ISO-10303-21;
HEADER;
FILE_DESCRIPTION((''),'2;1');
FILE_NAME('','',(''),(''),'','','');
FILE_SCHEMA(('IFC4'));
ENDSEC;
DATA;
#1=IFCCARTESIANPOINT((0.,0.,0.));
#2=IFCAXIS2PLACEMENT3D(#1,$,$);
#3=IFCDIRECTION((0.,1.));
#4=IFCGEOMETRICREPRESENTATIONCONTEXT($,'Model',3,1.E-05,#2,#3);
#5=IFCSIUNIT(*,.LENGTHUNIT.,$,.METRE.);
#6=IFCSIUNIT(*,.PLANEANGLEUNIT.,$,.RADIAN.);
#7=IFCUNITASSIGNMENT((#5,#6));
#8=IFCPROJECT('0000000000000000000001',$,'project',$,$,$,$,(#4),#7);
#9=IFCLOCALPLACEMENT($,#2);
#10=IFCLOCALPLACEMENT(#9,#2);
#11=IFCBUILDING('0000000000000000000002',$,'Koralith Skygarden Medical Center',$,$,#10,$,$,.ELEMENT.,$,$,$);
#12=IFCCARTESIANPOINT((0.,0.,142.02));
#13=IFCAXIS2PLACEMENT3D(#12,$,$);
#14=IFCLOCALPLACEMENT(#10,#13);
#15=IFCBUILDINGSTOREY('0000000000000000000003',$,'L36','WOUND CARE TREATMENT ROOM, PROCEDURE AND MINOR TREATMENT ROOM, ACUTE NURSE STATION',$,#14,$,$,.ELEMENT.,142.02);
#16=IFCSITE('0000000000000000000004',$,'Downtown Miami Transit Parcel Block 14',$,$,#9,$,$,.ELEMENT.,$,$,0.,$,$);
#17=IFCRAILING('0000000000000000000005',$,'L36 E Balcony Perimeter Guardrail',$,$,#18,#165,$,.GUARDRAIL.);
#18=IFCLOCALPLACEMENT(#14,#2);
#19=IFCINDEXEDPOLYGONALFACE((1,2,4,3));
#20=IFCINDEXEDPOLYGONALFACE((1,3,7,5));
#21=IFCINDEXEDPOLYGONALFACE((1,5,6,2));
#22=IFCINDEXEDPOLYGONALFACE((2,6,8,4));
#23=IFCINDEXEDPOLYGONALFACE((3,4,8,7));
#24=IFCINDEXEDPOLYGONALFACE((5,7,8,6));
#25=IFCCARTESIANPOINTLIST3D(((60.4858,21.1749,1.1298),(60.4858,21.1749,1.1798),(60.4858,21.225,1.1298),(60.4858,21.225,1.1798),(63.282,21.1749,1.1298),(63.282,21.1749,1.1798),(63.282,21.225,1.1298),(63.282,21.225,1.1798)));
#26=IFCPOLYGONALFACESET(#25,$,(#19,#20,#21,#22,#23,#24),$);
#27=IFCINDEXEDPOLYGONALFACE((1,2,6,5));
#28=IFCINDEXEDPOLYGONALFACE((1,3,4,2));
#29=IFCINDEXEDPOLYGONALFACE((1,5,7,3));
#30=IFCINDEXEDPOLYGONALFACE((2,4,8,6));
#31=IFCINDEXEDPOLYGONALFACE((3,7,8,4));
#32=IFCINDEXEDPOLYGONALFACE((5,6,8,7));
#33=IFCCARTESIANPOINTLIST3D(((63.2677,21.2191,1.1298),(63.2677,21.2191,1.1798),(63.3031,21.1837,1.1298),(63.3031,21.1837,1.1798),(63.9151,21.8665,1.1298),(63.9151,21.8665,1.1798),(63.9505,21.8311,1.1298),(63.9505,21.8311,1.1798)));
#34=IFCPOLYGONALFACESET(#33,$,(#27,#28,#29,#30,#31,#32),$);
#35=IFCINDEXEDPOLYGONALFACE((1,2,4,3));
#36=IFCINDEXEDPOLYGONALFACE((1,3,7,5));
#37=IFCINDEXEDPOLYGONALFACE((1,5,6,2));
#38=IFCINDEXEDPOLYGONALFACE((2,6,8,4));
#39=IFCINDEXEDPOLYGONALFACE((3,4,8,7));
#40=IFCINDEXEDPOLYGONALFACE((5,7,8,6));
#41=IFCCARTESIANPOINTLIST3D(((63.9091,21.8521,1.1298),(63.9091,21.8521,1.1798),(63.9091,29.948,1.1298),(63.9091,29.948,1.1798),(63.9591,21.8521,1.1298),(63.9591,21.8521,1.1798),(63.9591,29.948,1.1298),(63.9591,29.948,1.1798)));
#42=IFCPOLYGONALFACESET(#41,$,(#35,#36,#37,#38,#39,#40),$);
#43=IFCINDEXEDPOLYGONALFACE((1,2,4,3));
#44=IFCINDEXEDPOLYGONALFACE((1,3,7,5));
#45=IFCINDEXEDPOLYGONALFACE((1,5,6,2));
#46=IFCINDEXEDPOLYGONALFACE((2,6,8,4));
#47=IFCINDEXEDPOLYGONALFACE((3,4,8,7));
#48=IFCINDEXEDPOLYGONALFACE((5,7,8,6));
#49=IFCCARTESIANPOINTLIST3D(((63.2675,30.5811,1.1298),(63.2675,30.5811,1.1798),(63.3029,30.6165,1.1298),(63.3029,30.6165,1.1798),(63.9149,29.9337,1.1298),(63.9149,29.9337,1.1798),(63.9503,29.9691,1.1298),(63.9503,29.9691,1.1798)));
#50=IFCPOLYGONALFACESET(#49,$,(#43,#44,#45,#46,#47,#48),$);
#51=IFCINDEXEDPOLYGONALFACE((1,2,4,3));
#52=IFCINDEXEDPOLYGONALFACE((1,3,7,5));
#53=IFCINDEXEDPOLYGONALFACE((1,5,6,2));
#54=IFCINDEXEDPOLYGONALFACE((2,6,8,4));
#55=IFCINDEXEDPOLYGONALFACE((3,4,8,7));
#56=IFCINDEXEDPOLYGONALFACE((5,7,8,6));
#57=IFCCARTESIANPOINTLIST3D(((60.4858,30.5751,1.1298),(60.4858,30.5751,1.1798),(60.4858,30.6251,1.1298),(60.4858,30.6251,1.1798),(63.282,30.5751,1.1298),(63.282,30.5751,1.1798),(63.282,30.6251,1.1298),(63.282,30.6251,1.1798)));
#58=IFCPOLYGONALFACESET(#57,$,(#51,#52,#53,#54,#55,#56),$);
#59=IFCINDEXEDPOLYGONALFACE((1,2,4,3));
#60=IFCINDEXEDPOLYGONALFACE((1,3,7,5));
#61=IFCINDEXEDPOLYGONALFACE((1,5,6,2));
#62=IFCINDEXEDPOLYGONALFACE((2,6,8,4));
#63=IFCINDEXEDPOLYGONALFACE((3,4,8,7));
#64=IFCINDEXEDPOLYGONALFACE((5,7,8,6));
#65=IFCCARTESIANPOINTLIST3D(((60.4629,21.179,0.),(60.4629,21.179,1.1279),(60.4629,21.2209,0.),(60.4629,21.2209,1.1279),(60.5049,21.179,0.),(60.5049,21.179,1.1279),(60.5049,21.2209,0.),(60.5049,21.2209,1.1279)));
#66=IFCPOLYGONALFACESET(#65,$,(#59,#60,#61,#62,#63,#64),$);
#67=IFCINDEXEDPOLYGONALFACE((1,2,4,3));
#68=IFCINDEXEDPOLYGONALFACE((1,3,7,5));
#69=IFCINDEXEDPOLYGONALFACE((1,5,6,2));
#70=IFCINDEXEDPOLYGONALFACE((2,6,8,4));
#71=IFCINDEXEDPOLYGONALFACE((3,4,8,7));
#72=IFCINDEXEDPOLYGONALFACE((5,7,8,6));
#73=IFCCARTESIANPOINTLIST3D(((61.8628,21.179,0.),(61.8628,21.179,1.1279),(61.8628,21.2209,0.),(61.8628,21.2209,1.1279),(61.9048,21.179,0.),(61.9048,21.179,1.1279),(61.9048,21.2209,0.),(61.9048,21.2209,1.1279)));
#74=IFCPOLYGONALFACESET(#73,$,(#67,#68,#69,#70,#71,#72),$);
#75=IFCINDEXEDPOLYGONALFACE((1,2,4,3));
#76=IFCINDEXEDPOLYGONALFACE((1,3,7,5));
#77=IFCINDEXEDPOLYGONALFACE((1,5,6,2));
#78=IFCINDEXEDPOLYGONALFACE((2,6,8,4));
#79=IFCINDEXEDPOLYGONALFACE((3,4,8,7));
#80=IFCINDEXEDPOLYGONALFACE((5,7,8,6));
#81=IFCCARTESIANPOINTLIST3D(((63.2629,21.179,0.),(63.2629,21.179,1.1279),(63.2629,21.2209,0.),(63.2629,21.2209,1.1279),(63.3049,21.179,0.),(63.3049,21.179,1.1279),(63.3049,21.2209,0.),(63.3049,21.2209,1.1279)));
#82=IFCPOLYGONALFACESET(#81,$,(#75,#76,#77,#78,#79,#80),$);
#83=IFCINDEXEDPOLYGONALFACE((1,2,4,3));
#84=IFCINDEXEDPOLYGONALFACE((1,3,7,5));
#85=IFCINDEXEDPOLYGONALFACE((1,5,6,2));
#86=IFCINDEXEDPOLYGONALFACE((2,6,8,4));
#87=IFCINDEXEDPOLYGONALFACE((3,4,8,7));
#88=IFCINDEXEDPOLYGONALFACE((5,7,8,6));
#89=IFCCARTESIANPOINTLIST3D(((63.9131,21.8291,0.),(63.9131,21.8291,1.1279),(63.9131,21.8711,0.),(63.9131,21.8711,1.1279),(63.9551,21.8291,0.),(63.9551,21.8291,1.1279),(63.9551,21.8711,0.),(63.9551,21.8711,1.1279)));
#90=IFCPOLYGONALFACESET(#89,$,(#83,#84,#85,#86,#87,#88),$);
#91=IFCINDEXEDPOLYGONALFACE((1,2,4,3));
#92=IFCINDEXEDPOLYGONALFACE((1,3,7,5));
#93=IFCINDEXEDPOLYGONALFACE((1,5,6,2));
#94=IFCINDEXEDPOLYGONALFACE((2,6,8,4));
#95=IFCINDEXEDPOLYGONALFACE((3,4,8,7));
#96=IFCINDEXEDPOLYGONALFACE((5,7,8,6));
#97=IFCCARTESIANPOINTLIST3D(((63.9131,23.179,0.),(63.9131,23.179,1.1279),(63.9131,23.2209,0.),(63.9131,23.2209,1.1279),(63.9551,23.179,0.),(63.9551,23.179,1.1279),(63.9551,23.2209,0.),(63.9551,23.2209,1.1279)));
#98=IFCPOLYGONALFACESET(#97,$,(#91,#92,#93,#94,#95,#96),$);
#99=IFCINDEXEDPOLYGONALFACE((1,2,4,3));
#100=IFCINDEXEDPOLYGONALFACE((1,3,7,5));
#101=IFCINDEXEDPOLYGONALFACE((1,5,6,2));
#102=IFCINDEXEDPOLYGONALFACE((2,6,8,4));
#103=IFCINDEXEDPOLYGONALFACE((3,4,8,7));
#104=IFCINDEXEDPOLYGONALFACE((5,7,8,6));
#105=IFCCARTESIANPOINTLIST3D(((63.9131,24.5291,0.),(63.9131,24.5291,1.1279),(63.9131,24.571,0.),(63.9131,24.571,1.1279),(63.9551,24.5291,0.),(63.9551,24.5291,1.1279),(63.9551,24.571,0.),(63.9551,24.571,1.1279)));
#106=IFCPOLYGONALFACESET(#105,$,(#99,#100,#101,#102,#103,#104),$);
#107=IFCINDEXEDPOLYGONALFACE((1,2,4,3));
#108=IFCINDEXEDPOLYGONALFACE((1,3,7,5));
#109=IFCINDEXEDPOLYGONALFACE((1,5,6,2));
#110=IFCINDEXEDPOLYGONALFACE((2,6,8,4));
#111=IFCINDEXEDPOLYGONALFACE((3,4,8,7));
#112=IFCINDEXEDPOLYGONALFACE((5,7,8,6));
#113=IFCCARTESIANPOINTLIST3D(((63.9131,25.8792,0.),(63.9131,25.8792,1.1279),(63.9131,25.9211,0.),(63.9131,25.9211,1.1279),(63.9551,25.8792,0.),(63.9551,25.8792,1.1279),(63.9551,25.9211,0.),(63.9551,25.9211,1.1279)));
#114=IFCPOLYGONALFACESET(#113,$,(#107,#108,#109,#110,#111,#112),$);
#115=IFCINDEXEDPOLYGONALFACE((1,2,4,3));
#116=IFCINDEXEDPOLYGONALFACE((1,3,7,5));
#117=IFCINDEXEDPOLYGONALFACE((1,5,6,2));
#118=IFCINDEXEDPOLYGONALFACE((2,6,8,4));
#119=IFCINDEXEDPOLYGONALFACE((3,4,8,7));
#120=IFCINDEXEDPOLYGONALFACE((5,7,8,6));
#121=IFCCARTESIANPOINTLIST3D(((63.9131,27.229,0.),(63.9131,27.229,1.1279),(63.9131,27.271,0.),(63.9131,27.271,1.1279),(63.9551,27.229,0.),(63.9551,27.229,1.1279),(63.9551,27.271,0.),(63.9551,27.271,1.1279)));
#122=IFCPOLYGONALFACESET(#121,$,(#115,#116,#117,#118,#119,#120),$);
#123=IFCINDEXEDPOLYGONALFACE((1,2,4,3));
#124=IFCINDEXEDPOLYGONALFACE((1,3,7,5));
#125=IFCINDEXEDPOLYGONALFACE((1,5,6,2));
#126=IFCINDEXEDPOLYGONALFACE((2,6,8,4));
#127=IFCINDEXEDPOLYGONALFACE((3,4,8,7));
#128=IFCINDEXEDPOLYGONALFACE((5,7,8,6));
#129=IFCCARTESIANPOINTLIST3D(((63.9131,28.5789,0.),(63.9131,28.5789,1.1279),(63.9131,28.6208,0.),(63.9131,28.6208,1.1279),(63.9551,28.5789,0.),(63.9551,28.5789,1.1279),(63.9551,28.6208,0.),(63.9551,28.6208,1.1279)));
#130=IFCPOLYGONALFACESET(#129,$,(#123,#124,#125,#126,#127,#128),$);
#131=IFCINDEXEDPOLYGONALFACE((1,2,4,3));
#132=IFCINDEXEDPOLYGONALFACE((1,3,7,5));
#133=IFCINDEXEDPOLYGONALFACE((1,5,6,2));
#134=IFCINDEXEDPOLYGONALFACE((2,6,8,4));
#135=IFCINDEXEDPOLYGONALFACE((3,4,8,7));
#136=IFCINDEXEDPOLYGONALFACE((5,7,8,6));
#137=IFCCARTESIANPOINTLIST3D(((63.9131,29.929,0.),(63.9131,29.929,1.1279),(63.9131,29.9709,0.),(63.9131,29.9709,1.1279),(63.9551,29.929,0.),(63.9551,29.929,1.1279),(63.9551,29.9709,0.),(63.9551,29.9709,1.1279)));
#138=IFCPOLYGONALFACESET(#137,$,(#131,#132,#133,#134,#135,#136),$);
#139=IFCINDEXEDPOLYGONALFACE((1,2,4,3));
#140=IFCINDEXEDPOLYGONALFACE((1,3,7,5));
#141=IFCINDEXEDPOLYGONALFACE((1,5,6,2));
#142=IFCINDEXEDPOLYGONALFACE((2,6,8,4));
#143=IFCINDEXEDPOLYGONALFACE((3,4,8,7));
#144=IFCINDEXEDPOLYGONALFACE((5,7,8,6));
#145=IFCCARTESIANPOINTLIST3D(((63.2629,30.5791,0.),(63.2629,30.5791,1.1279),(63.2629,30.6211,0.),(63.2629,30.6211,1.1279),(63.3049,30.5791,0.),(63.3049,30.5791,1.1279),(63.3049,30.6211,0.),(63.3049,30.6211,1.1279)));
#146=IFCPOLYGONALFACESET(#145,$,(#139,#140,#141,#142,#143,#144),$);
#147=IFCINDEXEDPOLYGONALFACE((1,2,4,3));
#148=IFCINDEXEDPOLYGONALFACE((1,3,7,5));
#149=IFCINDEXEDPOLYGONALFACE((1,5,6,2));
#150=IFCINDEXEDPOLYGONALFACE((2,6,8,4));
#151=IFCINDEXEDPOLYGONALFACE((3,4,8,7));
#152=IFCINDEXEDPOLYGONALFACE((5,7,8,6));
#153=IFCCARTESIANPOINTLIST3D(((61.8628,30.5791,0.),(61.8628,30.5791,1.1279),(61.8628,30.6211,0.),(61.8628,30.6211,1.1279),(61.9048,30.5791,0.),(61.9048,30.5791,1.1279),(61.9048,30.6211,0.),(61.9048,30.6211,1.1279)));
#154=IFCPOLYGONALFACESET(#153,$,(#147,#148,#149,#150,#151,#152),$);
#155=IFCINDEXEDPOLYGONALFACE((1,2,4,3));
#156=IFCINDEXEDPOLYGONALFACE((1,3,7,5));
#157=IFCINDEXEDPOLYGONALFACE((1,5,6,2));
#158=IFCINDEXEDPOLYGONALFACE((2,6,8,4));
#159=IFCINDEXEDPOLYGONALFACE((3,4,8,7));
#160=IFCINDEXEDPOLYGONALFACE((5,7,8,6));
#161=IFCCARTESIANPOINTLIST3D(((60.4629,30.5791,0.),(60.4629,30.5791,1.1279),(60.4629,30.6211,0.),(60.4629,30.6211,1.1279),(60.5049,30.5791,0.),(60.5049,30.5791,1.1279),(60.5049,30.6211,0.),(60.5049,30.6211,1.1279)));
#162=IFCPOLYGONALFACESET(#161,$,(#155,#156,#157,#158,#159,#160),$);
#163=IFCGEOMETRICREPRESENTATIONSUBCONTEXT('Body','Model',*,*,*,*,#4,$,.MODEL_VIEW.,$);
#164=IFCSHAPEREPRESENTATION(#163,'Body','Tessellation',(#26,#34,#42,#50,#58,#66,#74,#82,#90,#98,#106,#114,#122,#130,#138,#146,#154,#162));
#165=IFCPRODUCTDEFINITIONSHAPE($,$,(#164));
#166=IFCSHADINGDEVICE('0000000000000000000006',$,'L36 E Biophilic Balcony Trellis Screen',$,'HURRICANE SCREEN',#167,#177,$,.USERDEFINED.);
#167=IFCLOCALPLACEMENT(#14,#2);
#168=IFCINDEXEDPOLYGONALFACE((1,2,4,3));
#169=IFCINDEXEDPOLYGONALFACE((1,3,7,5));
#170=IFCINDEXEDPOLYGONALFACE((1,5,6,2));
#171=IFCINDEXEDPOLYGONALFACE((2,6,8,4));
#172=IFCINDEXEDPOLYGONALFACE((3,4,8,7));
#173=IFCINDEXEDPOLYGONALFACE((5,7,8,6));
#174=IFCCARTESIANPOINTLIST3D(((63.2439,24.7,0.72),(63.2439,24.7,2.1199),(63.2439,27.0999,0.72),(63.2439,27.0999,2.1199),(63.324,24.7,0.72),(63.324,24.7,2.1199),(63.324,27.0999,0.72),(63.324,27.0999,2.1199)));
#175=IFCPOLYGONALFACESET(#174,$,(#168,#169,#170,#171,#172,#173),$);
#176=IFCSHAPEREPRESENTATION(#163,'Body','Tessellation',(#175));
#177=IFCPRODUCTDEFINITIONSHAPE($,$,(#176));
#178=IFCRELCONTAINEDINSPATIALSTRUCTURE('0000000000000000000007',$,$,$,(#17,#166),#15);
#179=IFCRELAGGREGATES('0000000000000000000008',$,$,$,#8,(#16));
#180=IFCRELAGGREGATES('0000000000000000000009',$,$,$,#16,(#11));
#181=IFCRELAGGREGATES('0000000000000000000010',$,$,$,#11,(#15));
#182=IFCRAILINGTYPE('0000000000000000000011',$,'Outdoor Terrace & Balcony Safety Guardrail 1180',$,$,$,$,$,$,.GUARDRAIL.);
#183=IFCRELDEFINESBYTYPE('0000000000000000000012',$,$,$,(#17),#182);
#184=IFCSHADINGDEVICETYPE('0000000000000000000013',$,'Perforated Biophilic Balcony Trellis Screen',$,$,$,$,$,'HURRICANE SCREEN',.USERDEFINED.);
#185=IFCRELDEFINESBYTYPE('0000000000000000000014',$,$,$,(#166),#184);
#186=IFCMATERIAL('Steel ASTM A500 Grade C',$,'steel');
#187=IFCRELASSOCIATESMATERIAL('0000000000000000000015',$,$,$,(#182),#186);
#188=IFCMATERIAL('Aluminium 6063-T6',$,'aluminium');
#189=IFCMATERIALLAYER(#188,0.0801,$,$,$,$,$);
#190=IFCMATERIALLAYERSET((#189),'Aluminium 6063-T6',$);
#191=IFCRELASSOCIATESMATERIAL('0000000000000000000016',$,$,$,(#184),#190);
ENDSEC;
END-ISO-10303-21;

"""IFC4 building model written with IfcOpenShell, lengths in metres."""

from ifc_helpers import new_model, si_unit, direction, frame, origin, origin_2d, place, context, subcontext, project, spatial, rectangle, extrude, material, layer, layer_set, type_object, element, save


model = new_model("IFC4")

# Units and contexts
model_context = context("Model", 3, precision=1e-05, world=origin(), true_north=direction((0.0, 1.0)))
body_context = subcontext(model_context, "Body", "Model", "MODEL_VIEW")
ifc_project = project(units=[si_unit("LENGTHUNIT", "METRE"), si_unit("PLANEANGLEUNIT", "RADIAN")], contexts=[model_context])

# Site, building, storey
site_placement = place(None, origin())
site = spatial("IfcSite", under=ifc_project, at=site_placement, Name="Downtown Miami Transit Parcel Block 14", CompositionType="ELEMENT", RefElevation=0.0)
building_placement = place(site_placement, origin())
building = spatial("IfcBuilding", under=site, at=building_placement, Name="Koralith Skygarden Medical Center", CompositionType="ELEMENT")
storey_placement = place(building_placement, frame((0.0, 0.0, 142.02)))
storey = spatial("IfcBuildingStorey", under=building, at=storey_placement, Name="L36", Description="WOUND CARE TREATMENT ROOM, PROCEDURE AND MINOR TREATMENT ROOM, ACUTE NURSE STATION", CompositionType="ELEMENT", Elevation=142.02)

# Shared definitions
ifc_material_1 = material(Name="Aluminium 6063-T6", Category="aluminium")

# Railing
ifc_material_2 = material(Name="Steel ASTM A500 Grade C", Category="steel")
railing_type = type_object("IfcRailingType", Name="Outdoor Terrace & Balcony Safety Guardrail 1180", PredefinedType="GUARDRAIL", material=ifc_material_2)
railing_placement = place(storey_placement, frame((60.4839, 21.2, 0.0)))
element("IfcRailing", 1, at=railing_placement, inside=storey, type_object=railing_type, Name="L36 E Balcony Perimeter Guardrail", PredefinedType="GUARDRAIL", context=body_context, shape_type="SweptSolid", body=[
    extrude(rectangle(XDim=0.05, YDim=0.05, at=origin_2d()), frame((0.002, 0.0, 1.1548), z_axis=(1.0, 0.0, 0.0), x_axis=(0.0, 1.0, 0.0)), (0.0, 0.0, 1.0), 2.7961),
    extrude(rectangle(XDim=0.05, YDim=0.05, at=origin_2d()), frame((2.8015, 0.0015, 1.1548), z_axis=(0.707107, 0.707107, 0.0), x_axis=(-0.707107, 0.707107, 0.0)), (0.0, 0.0, 1.0), 0.9155),
    extrude(rectangle(XDim=0.05, YDim=0.05, at=origin_2d()), frame((3.4502, 0.6521, 1.1548), z_axis=(0.0, 1.0, 0.0), x_axis=(-1.0, 0.0, 0.0)), (0.0, 0.0, 1.0), 8.0959),
    extrude(rectangle(XDim=0.05, YDim=0.05, at=origin_2d()), frame((3.4487, 8.7515, 1.1548), z_axis=(-0.707107, 0.707107, 0.0), x_axis=(-0.707107, -0.707107, 0.0)), (0.0, 0.0, 1.0), 0.9155),
    extrude(rectangle(XDim=0.05, YDim=0.05, at=origin_2d()), frame((2.7981, 9.4001, 1.1548), z_axis=(-1.0, 0.0, 0.0), x_axis=(0.0, -1.0, 0.0)), (0.0, 0.0, 1.0), 2.7961),
    extrude(rectangle(XDim=0.042, YDim=0.042, at=origin_2d()), origin(), (0.0, 0.0, 1.0), 1.1279),
    extrude(rectangle(XDim=0.042, YDim=0.042, at=origin_2d()), frame((1.3999, 0.0, 0.0)), (0.0, 0.0, 1.0), 1.1279),
    extrude(rectangle(XDim=0.042, YDim=0.042, at=origin_2d()), frame((2.8, 0.0, 0.0)), (0.0, 0.0, 1.0), 1.1279),
    extrude(rectangle(XDim=0.042, YDim=0.042, at=origin_2d()), frame((3.4502, 0.6501, 0.0)), (0.0, 0.0, 1.0), 1.1279),
    extrude(rectangle(XDim=0.042, YDim=0.042, at=origin_2d()), frame((3.4502, 2.0, 0.0)), (0.0, 0.0, 1.0), 1.1279),
    extrude(rectangle(XDim=0.042, YDim=0.042, at=origin_2d()), frame((3.4502, 3.3501, 0.0)), (0.0, 0.0, 1.0), 1.1279),
    extrude(rectangle(XDim=0.042, YDim=0.042, at=origin_2d()), frame((3.4502, 4.7002, 0.0)), (0.0, 0.0, 1.0), 1.1279),
    extrude(rectangle(XDim=0.042, YDim=0.042, at=origin_2d()), frame((3.4502, 6.05, 0.0)), (0.0, 0.0, 1.0), 1.1279),
    extrude(rectangle(XDim=0.042, YDim=0.042, at=origin_2d()), frame((3.4502, 7.3999, 0.0)), (0.0, 0.0, 1.0), 1.1279),
    extrude(rectangle(XDim=0.042, YDim=0.042, at=origin_2d()), frame((3.4502, 8.75, 0.0)), (0.0, 0.0, 1.0), 1.1279),
    extrude(rectangle(XDim=0.042, YDim=0.042, at=origin_2d()), frame((2.8, 9.4001, 0.0)), (0.0, 0.0, 1.0), 1.1279),
    extrude(rectangle(XDim=0.042, YDim=0.042, at=origin_2d()), frame((1.3999, 9.4001, 0.0)), (0.0, 0.0, 1.0), 1.1279),
    extrude(rectangle(XDim=0.042, YDim=0.042, at=origin_2d()), frame((0.0, 9.4001, 0.0)), (0.0, 0.0, 1.0), 1.1279),
])

# Shading device
ifc_layer_1 = layer(ifc_material_1, 0.0801)
ifc_layer_set_1 = layer_set([ifc_layer_1], Name="Aluminium 6063-T6")
shading_device_type = type_object("IfcShadingDeviceType", Name="Perforated Biophilic Balcony Trellis Screen", ElementType="HURRICANE SCREEN", PredefinedType="USERDEFINED", material=ifc_layer_set_1)
shading_device_placement = place(storey_placement, frame((63.2839, 25.8999, 0.72), z_axis=(0.0, 0.0, 1.0), x_axis=(0.0, 1.0, 0.0)))
element("IfcShadingDevice", 2, at=shading_device_placement, inside=storey, type_object=shading_device_type, Name="L36 E Biophilic Balcony Trellis Screen", ObjectType="HURRICANE SCREEN", PredefinedType="USERDEFINED", context=body_context, shape_type="SweptSolid", body=[
    extrude(rectangle(XDim=2.3999, YDim=0.0801, at=origin_2d()), origin(), (0.0, 0.0, 1.0), 1.3999),
])

save(model, "model.ifc")
